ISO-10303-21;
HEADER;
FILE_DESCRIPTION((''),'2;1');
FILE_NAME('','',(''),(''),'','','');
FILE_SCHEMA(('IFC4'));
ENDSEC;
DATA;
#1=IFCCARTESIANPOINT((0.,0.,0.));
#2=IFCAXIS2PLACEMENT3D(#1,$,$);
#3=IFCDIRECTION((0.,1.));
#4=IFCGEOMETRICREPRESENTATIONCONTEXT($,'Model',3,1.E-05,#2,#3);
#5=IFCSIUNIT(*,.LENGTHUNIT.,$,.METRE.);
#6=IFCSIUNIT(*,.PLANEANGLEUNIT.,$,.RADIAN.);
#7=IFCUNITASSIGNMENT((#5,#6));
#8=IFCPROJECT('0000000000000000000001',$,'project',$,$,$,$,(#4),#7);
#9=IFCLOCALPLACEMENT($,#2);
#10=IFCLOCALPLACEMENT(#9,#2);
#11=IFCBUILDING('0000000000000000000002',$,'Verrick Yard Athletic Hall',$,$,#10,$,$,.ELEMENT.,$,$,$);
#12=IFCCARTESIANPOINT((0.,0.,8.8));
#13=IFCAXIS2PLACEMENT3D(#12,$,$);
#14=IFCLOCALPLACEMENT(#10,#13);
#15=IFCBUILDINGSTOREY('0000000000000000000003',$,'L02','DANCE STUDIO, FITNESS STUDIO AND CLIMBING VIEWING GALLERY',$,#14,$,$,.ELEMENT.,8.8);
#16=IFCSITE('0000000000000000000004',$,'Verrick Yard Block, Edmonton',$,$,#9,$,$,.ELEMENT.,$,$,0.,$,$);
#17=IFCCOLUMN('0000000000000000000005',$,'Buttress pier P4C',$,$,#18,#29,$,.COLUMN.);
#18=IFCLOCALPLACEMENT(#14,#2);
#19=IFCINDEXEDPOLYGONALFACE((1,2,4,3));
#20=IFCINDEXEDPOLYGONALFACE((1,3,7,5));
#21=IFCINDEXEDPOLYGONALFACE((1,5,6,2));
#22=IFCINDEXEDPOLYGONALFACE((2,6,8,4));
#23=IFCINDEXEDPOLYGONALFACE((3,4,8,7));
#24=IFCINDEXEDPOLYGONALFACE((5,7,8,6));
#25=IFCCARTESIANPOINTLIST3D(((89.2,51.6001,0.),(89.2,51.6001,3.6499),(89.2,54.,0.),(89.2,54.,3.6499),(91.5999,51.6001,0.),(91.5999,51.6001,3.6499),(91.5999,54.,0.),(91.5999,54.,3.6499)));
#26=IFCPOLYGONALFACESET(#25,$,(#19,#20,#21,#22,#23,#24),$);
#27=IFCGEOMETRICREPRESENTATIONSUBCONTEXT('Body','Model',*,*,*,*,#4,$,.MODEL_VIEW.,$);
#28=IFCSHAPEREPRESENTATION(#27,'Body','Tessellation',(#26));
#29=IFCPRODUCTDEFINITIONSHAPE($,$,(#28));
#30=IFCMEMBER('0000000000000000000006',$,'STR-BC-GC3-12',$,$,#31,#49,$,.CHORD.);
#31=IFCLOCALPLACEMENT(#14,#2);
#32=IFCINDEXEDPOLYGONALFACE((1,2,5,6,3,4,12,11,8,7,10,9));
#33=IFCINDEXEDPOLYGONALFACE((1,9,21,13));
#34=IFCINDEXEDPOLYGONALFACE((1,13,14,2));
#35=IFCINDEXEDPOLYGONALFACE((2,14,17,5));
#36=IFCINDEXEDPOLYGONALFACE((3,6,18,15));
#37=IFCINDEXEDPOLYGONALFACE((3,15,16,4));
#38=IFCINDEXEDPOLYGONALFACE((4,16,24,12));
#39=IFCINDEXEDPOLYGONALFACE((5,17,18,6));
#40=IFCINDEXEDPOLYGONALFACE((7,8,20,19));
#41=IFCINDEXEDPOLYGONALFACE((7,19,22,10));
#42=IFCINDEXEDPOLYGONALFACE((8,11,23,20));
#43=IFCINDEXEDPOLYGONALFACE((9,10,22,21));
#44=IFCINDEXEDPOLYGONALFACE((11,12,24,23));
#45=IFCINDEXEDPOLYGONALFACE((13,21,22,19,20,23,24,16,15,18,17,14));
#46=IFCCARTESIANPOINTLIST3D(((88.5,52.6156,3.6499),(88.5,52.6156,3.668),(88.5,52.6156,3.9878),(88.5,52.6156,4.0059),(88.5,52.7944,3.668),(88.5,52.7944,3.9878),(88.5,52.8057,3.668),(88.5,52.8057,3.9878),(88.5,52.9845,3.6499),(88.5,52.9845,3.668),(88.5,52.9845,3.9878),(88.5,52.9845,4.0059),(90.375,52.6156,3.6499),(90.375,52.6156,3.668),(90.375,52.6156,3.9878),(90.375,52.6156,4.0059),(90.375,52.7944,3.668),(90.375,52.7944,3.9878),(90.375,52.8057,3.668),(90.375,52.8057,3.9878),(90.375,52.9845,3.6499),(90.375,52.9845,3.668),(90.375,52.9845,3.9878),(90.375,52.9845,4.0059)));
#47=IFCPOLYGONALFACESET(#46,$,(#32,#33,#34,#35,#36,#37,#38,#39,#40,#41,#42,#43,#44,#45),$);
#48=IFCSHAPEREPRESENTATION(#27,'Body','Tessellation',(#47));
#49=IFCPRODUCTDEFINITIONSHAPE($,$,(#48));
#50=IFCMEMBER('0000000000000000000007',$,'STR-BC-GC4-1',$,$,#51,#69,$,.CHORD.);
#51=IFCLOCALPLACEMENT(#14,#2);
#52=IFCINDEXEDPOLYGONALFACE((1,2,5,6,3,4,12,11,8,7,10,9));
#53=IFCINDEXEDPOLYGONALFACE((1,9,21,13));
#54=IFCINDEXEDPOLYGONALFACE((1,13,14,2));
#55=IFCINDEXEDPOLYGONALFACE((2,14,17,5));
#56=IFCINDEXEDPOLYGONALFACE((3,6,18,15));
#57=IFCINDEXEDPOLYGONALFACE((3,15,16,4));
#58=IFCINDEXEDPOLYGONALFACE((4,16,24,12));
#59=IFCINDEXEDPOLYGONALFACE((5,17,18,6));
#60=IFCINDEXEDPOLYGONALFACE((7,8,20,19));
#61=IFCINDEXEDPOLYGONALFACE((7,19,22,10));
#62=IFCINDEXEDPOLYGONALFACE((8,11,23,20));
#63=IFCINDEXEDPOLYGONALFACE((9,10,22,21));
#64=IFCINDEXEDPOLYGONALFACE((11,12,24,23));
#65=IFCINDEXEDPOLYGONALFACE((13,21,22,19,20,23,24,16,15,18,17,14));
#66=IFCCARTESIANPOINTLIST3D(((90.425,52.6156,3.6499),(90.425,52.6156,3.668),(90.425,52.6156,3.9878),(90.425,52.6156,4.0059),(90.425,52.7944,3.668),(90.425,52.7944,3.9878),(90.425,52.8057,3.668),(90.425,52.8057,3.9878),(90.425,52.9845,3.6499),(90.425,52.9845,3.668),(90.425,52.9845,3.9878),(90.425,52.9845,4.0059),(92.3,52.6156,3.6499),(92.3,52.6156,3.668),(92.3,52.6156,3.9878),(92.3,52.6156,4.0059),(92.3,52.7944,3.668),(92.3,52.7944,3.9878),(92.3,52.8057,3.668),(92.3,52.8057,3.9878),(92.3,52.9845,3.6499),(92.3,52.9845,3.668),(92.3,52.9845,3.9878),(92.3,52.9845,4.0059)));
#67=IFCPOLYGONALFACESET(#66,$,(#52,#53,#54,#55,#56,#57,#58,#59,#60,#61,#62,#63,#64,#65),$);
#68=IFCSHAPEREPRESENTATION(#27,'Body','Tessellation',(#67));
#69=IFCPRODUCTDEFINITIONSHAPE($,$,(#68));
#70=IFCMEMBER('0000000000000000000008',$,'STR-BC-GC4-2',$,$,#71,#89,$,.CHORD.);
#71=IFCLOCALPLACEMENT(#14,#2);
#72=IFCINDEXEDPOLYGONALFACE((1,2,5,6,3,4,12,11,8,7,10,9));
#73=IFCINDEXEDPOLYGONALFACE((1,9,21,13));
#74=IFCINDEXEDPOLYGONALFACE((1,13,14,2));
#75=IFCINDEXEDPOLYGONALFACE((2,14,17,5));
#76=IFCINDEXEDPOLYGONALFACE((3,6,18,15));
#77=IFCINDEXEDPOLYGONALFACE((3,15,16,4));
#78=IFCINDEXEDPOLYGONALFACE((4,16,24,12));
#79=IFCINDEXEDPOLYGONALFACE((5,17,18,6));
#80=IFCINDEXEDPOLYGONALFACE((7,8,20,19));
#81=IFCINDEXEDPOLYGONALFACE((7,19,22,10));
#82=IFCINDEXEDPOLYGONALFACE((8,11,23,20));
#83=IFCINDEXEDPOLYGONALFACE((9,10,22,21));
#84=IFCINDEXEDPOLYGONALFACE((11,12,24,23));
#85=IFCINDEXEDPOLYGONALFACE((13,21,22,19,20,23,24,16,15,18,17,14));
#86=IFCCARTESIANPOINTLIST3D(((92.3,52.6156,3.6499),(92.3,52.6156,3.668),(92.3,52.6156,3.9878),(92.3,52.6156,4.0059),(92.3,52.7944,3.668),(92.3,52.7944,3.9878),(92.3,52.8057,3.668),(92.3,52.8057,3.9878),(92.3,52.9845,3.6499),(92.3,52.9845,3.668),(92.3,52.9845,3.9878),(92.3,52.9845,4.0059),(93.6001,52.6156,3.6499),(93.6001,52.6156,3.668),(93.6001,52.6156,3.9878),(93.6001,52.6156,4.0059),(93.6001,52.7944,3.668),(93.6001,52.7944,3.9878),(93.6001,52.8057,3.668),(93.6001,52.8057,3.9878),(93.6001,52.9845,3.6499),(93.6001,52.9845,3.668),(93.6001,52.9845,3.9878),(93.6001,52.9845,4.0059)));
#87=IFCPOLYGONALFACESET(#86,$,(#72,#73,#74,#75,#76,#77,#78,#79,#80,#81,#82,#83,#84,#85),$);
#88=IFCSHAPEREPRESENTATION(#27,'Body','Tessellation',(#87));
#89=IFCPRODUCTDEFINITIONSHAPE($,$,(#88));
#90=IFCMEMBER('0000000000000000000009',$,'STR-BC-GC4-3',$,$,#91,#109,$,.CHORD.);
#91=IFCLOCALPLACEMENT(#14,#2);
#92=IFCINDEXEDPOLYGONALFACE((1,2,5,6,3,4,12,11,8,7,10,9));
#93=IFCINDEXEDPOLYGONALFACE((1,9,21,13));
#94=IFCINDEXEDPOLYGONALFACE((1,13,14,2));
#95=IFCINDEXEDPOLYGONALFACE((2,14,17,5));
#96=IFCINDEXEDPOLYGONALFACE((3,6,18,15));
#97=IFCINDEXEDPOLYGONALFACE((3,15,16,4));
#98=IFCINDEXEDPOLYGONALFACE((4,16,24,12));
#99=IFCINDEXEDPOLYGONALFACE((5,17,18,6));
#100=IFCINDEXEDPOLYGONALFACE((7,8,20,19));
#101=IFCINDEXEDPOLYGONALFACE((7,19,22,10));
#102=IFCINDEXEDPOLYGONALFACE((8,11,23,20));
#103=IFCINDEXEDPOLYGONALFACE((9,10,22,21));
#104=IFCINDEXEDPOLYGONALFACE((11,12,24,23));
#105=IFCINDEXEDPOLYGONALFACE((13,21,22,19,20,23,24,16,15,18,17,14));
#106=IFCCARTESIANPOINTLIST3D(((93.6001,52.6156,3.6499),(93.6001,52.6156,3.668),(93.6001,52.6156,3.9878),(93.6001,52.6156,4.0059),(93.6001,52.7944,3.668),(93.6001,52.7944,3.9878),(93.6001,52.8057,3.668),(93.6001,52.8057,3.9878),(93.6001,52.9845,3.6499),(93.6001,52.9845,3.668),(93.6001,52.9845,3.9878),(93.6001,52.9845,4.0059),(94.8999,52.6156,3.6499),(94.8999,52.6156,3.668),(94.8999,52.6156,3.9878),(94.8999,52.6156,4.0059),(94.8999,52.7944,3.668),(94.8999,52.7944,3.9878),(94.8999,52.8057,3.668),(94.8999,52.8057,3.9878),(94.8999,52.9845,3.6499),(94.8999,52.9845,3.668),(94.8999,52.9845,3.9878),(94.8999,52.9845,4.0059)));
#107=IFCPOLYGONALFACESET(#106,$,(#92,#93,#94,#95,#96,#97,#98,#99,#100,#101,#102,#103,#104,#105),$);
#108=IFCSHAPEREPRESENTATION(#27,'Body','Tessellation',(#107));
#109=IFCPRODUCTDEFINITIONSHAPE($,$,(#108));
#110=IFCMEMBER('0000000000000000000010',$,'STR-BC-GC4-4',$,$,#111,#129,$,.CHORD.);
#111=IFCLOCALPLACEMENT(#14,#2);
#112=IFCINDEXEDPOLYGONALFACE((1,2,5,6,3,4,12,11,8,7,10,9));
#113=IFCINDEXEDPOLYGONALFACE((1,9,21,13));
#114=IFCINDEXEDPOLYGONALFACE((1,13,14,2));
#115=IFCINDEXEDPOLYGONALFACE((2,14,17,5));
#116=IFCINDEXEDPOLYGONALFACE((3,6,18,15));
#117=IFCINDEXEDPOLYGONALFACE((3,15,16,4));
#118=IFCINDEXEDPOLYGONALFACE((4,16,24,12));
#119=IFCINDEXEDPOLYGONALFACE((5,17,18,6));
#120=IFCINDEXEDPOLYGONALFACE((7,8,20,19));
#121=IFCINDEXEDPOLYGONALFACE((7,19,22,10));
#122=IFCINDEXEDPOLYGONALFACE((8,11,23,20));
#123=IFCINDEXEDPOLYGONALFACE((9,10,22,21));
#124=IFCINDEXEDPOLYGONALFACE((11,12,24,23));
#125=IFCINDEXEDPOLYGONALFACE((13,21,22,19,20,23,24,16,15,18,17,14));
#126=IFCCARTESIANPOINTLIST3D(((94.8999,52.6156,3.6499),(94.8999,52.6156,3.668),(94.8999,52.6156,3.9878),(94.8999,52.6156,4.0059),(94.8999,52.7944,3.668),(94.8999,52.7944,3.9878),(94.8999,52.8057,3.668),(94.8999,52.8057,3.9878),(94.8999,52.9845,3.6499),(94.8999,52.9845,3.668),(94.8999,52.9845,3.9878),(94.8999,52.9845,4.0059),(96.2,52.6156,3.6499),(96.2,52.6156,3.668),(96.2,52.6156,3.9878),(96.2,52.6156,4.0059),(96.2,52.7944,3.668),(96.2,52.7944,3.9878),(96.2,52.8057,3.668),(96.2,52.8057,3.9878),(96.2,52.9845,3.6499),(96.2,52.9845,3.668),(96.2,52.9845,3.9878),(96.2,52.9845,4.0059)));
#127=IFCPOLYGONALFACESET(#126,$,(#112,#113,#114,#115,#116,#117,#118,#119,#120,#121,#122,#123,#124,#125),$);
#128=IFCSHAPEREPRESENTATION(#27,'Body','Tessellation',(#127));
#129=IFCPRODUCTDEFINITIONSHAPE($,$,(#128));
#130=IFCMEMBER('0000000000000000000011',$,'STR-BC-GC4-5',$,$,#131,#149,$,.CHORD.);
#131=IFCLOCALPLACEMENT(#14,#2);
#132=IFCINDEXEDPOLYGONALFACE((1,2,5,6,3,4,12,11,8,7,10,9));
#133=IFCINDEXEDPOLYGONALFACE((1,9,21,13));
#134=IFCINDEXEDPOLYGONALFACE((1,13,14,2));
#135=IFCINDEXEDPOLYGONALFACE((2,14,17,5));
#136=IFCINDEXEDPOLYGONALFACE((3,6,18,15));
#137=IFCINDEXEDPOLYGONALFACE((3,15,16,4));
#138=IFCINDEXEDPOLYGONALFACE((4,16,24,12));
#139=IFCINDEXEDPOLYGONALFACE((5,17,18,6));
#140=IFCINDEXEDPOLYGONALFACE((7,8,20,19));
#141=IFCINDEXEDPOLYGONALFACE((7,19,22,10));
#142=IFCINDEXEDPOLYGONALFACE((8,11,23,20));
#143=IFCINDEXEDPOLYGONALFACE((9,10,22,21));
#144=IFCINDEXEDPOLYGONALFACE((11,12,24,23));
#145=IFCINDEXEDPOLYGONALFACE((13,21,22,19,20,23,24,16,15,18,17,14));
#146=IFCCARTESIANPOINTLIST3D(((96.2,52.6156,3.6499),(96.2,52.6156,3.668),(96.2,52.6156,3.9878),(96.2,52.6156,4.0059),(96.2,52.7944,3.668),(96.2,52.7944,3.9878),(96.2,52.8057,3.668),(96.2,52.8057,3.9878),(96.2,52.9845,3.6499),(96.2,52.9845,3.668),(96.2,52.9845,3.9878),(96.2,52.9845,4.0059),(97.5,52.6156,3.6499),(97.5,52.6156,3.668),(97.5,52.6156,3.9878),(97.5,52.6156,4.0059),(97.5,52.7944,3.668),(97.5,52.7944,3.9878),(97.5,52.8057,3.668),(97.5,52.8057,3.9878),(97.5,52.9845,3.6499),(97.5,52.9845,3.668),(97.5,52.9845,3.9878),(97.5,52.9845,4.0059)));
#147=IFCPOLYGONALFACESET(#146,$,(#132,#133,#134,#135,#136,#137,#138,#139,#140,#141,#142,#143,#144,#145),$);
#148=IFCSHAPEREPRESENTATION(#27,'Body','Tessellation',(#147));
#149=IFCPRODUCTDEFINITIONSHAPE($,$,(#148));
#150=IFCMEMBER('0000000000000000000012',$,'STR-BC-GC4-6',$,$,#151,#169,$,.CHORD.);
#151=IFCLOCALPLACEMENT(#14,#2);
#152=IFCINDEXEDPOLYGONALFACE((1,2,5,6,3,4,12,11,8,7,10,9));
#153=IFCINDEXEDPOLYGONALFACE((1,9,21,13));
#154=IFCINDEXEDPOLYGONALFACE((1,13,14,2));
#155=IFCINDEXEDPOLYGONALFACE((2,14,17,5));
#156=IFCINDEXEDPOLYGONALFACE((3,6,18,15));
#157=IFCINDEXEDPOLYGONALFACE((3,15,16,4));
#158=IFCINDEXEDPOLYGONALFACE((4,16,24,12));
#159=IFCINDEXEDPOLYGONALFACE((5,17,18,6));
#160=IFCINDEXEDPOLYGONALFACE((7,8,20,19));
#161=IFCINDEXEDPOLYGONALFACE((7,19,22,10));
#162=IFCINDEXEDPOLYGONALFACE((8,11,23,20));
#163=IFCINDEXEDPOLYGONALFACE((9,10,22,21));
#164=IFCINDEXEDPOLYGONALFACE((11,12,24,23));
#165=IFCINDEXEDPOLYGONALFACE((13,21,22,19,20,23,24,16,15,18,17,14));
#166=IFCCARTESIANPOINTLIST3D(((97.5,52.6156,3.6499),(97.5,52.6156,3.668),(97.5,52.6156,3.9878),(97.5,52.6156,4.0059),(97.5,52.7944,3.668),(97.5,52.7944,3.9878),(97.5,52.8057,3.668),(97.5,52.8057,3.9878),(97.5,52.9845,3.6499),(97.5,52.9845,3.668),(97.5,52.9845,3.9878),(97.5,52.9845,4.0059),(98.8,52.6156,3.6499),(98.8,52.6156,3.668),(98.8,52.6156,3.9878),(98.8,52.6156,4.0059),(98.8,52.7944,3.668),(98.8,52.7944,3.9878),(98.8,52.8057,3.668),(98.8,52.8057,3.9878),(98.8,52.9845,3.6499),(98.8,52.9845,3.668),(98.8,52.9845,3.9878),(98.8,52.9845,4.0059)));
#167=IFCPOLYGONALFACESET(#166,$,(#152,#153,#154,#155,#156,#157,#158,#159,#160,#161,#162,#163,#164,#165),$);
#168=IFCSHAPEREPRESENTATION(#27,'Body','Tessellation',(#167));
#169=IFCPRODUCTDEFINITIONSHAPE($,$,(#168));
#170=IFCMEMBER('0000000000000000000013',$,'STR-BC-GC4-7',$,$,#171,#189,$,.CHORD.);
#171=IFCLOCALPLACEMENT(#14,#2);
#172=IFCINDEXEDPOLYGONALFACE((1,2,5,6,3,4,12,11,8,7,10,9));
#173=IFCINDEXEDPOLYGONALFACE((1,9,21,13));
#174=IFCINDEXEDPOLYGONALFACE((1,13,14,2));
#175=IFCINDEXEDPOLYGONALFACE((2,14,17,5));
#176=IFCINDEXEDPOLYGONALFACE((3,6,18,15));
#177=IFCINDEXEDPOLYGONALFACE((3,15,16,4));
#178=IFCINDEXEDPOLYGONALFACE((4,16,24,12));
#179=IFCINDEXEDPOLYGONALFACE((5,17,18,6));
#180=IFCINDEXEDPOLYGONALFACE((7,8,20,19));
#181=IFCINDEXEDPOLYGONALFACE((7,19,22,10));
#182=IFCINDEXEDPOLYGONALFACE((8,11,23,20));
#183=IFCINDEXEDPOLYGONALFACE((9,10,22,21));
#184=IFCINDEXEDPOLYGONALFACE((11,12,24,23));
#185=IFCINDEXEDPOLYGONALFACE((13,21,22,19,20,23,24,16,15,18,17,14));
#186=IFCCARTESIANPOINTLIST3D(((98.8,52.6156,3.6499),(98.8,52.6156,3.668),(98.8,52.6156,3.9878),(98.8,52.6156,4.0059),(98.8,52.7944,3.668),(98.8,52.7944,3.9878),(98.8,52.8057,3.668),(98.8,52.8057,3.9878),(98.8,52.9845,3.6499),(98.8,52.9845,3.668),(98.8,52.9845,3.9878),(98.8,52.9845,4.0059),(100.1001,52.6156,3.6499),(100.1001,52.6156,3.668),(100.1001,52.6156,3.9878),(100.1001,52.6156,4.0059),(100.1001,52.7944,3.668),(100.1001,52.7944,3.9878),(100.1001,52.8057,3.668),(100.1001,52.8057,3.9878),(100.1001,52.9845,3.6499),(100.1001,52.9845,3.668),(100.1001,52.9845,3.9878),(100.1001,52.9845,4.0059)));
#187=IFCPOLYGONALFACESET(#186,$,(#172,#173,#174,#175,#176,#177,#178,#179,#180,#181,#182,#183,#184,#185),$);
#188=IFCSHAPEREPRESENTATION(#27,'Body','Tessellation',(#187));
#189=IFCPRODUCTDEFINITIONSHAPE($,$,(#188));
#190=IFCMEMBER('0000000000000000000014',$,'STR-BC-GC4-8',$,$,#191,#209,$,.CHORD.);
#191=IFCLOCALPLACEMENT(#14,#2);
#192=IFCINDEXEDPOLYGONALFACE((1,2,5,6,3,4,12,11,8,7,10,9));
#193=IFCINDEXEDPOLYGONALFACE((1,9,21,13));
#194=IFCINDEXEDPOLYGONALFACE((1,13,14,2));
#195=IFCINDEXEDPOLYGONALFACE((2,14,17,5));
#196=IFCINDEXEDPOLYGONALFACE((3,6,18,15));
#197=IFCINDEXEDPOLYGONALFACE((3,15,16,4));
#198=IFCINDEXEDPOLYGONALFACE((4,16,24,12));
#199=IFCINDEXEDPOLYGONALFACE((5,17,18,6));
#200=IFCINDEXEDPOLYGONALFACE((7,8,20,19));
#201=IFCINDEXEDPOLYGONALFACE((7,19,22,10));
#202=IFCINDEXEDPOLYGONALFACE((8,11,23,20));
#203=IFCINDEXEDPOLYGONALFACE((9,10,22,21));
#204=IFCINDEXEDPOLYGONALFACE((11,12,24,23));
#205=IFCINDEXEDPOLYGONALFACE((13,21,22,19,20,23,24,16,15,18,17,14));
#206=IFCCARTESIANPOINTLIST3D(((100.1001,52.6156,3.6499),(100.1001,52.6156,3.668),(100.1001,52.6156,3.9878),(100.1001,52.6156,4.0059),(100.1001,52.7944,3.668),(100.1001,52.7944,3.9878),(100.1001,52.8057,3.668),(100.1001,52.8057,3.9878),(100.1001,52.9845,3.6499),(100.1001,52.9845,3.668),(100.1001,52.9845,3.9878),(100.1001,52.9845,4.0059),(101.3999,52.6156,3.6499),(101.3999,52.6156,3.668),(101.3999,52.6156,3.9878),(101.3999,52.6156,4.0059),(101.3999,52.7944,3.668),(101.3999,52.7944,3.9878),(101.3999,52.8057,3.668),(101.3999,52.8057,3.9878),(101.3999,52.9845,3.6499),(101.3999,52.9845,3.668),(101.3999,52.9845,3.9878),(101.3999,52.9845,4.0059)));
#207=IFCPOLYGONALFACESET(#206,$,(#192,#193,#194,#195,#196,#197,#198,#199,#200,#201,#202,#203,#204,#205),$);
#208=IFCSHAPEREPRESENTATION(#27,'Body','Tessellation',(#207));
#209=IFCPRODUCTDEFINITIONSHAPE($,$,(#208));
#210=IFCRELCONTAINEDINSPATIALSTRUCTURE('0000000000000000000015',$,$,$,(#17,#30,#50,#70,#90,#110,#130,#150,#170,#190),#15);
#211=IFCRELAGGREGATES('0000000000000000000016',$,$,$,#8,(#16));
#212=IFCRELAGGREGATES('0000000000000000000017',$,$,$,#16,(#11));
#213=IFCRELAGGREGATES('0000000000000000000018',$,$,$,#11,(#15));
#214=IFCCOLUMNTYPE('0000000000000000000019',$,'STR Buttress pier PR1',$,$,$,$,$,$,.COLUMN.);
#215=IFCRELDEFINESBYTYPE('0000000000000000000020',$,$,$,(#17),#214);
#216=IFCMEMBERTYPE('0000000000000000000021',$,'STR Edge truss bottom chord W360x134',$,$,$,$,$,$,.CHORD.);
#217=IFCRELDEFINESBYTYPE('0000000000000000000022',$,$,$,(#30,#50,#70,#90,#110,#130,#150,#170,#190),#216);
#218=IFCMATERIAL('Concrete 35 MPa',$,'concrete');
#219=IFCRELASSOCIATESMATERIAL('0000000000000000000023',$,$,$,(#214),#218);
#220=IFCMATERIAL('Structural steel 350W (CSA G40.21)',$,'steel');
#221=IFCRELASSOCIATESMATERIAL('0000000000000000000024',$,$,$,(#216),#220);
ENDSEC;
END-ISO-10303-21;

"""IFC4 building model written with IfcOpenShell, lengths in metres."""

from ifc_helpers import new_model, si_unit, direction, frame, origin, origin_2d, place, context, subcontext, project, spatial, rectangle, i_section, extrude, material, material_profile, profile_set, type_object, element, save


model = new_model("IFC4")

# Units and contexts
model_context = context("Model", 3, precision=1e-05, world=origin(), true_north=direction((0.0, 1.0)))
body_context = subcontext(model_context, "Body", "Model", "MODEL_VIEW")
ifc_project = project(units=[si_unit("LENGTHUNIT", "METRE"), si_unit("PLANEANGLEUNIT", "RADIAN")], contexts=[model_context])

# Site, building, storey
site_placement = place(None, origin())
site = spatial("IfcSite", under=ifc_project, at=site_placement, Name="Verrick Yard Block, Edmonton", CompositionType="ELEMENT", RefElevation=0.0)
building_placement = place(site_placement, origin())
building = spatial("IfcBuilding", under=site, at=building_placement, Name="Verrick Yard Athletic Hall", CompositionType="ELEMENT")
storey_placement = place(building_placement, frame((0.0, 0.0, 8.8)))
storey = spatial("IfcBuildingStorey", under=building, at=storey_placement, Name="L02", Description="DANCE STUDIO, FITNESS STUDIO AND CLIMBING VIEWING GALLERY", CompositionType="ELEMENT", Elevation=8.8)

# Column
ifc_material_1 = material(Name="Concrete 35 MPa", Category="concrete")
ifc_material_profile_1 = material_profile(ifc_material_1, rectangle(XDim=2.3999, YDim=2.3999, at=origin_2d()), Name="STR Buttress pier PR1")
ifc_profile_set_1 = profile_set([ifc_material_profile_1], Name="Concrete 35 MPa")
column_type = type_object("IfcColumnType", Name="STR Buttress pier PR1", PredefinedType="COLUMN", material=ifc_profile_set_1)
column_placement = place(storey_placement, frame((90.3999, 52.8, 0.0), z_axis=(0.0, 0.0, 1.0), x_axis=(1.0, 0.0, 0.0)))
element("IfcColumn", 1, at=column_placement, inside=storey, type_object=column_type, Name="Buttress pier P4C", PredefinedType="COLUMN", context=body_context, shape_type="SweptSolid", body=[
    extrude(rectangle(XDim=2.3999, YDim=2.3999, at=origin_2d()), origin(), (0.0, 0.0, 1.0), 3.6499),
])

# Members
ifc_material_2 = material(Name="Structural steel 350W (CSA G40.21)", Category="steel")
ifc_material_profile_2 = material_profile(ifc_material_2, i_section(OverallWidth=0.3689, OverallDepth=0.356, WebThickness=0.0112, FlangeThickness=0.0181, at=origin_2d()), Name="W360x134")
ifc_profile_set_2 = profile_set([ifc_material_profile_2], Name="Structural steel 350W (CSA G40.21)")
member_type_1 = type_object("IfcMemberType", Name="STR Edge truss bottom chord W360x134", PredefinedType="CHORD", material=ifc_profile_set_2)
for number, where, z_axis, x_axis, name in (
    (2, (88.5, 52.8, 3.8279), (1.0, 0.0, 0.0), (0.0, 1.0, 0.0), "STR-BC-GC3-12"),
    (3, (90.425, 52.8, 3.8279), (1.0, 0.0, 0.0), (0.0, 1.0, 0.0), "STR-BC-GC4-1"),
):
    element("IfcMember", number, at=place(storey_placement, frame(where, z_axis=z_axis, x_axis=x_axis)), inside=storey, type_object=member_type_1, Name=name, PredefinedType="CHORD", context=body_context, shape_type="SweptSolid", body=[
        extrude(i_section(OverallWidth=0.3689, OverallDepth=0.356, WebThickness=0.0112, FlangeThickness=0.0181, at=origin_2d()), origin(), (0.0, 0.0, 1.0), 1.875),
    ])
member_1_placement = place(storey_placement, frame((92.3, 52.8, 3.8279), z_axis=(1.0, 0.0, 0.0), x_axis=(0.0, 1.0, 0.0)))
element("IfcMember", 4, at=member_1_placement, inside=storey, type_object=member_type_1, Name="STR-BC-GC4-2", PredefinedType="CHORD", context=body_context, shape_type="SweptSolid", body=[
    extrude(i_section(OverallWidth=0.3689, OverallDepth=0.356, WebThickness=0.0112, FlangeThickness=0.0181, at=origin_2d()), origin(), (0.0, 0.0, 1.0), 1.3),
])
member_2_placement = place(storey_placement, frame((93.6001, 52.8, 3.8279), z_axis=(1.0, 0.0, 0.0), x_axis=(0.0, 1.0, 0.0)))
element("IfcMember", 5, at=member_2_placement, inside=storey, type_object=member_type_1, Name="STR-BC-GC4-3", PredefinedType="CHORD", context=body_context, shape_type="SweptSolid", body=[
    extrude(i_section(OverallWidth=0.3689, OverallDepth=0.356, WebThickness=0.0112, FlangeThickness=0.0181, at=origin_2d()), origin(), (0.0, 0.0, 1.0), 1.2998),
])
for number, where, z_axis, x_axis, name in (
    (6, (94.8999, 52.8, 3.8279), (1.0, 0.0, 0.0), (0.0, 1.0, 0.0), "STR-BC-GC4-4"),
    (7, (96.2, 52.8, 3.8279), (1.0, 0.0, 0.0), (0.0, 1.0, 0.0), "STR-BC-GC4-5"),
    (8, (97.5, 52.8, 3.8279), (1.0, 0.0, 0.0), (0.0, 1.0, 0.0), "STR-BC-GC4-6"),
    (9, (98.8, 52.8, 3.8279), (1.0, 0.0, 0.0), (0.0, 1.0, 0.0), "STR-BC-GC4-7"),
):
    element("IfcMember", number, at=place(storey_placement, frame(where, z_axis=z_axis, x_axis=x_axis)), inside=storey, type_object=member_type_1, Name=name, PredefinedType="CHORD", context=body_context, shape_type="SweptSolid", body=[
        extrude(i_section(OverallWidth=0.3689, OverallDepth=0.356, WebThickness=0.0112, FlangeThickness=0.0181, at=origin_2d()), origin(), (0.0, 0.0, 1.0), 1.3),
    ])
member_3_placement = place(storey_placement, frame((100.1001, 52.8, 3.8279), z_axis=(1.0, 0.0, 0.0), x_axis=(0.0, 1.0, 0.0)))
element("IfcMember", 10, at=member_3_placement, inside=storey, type_object=member_type_1, Name="STR-BC-GC4-8", PredefinedType="CHORD", context=body_context, shape_type="SweptSolid", body=[
    extrude(i_section(OverallWidth=0.3689, OverallDepth=0.356, WebThickness=0.0112, FlangeThickness=0.0181, at=origin_2d()), origin(), (0.0, 0.0, 1.0), 1.2998),
])

save(model, "model.ifc")
